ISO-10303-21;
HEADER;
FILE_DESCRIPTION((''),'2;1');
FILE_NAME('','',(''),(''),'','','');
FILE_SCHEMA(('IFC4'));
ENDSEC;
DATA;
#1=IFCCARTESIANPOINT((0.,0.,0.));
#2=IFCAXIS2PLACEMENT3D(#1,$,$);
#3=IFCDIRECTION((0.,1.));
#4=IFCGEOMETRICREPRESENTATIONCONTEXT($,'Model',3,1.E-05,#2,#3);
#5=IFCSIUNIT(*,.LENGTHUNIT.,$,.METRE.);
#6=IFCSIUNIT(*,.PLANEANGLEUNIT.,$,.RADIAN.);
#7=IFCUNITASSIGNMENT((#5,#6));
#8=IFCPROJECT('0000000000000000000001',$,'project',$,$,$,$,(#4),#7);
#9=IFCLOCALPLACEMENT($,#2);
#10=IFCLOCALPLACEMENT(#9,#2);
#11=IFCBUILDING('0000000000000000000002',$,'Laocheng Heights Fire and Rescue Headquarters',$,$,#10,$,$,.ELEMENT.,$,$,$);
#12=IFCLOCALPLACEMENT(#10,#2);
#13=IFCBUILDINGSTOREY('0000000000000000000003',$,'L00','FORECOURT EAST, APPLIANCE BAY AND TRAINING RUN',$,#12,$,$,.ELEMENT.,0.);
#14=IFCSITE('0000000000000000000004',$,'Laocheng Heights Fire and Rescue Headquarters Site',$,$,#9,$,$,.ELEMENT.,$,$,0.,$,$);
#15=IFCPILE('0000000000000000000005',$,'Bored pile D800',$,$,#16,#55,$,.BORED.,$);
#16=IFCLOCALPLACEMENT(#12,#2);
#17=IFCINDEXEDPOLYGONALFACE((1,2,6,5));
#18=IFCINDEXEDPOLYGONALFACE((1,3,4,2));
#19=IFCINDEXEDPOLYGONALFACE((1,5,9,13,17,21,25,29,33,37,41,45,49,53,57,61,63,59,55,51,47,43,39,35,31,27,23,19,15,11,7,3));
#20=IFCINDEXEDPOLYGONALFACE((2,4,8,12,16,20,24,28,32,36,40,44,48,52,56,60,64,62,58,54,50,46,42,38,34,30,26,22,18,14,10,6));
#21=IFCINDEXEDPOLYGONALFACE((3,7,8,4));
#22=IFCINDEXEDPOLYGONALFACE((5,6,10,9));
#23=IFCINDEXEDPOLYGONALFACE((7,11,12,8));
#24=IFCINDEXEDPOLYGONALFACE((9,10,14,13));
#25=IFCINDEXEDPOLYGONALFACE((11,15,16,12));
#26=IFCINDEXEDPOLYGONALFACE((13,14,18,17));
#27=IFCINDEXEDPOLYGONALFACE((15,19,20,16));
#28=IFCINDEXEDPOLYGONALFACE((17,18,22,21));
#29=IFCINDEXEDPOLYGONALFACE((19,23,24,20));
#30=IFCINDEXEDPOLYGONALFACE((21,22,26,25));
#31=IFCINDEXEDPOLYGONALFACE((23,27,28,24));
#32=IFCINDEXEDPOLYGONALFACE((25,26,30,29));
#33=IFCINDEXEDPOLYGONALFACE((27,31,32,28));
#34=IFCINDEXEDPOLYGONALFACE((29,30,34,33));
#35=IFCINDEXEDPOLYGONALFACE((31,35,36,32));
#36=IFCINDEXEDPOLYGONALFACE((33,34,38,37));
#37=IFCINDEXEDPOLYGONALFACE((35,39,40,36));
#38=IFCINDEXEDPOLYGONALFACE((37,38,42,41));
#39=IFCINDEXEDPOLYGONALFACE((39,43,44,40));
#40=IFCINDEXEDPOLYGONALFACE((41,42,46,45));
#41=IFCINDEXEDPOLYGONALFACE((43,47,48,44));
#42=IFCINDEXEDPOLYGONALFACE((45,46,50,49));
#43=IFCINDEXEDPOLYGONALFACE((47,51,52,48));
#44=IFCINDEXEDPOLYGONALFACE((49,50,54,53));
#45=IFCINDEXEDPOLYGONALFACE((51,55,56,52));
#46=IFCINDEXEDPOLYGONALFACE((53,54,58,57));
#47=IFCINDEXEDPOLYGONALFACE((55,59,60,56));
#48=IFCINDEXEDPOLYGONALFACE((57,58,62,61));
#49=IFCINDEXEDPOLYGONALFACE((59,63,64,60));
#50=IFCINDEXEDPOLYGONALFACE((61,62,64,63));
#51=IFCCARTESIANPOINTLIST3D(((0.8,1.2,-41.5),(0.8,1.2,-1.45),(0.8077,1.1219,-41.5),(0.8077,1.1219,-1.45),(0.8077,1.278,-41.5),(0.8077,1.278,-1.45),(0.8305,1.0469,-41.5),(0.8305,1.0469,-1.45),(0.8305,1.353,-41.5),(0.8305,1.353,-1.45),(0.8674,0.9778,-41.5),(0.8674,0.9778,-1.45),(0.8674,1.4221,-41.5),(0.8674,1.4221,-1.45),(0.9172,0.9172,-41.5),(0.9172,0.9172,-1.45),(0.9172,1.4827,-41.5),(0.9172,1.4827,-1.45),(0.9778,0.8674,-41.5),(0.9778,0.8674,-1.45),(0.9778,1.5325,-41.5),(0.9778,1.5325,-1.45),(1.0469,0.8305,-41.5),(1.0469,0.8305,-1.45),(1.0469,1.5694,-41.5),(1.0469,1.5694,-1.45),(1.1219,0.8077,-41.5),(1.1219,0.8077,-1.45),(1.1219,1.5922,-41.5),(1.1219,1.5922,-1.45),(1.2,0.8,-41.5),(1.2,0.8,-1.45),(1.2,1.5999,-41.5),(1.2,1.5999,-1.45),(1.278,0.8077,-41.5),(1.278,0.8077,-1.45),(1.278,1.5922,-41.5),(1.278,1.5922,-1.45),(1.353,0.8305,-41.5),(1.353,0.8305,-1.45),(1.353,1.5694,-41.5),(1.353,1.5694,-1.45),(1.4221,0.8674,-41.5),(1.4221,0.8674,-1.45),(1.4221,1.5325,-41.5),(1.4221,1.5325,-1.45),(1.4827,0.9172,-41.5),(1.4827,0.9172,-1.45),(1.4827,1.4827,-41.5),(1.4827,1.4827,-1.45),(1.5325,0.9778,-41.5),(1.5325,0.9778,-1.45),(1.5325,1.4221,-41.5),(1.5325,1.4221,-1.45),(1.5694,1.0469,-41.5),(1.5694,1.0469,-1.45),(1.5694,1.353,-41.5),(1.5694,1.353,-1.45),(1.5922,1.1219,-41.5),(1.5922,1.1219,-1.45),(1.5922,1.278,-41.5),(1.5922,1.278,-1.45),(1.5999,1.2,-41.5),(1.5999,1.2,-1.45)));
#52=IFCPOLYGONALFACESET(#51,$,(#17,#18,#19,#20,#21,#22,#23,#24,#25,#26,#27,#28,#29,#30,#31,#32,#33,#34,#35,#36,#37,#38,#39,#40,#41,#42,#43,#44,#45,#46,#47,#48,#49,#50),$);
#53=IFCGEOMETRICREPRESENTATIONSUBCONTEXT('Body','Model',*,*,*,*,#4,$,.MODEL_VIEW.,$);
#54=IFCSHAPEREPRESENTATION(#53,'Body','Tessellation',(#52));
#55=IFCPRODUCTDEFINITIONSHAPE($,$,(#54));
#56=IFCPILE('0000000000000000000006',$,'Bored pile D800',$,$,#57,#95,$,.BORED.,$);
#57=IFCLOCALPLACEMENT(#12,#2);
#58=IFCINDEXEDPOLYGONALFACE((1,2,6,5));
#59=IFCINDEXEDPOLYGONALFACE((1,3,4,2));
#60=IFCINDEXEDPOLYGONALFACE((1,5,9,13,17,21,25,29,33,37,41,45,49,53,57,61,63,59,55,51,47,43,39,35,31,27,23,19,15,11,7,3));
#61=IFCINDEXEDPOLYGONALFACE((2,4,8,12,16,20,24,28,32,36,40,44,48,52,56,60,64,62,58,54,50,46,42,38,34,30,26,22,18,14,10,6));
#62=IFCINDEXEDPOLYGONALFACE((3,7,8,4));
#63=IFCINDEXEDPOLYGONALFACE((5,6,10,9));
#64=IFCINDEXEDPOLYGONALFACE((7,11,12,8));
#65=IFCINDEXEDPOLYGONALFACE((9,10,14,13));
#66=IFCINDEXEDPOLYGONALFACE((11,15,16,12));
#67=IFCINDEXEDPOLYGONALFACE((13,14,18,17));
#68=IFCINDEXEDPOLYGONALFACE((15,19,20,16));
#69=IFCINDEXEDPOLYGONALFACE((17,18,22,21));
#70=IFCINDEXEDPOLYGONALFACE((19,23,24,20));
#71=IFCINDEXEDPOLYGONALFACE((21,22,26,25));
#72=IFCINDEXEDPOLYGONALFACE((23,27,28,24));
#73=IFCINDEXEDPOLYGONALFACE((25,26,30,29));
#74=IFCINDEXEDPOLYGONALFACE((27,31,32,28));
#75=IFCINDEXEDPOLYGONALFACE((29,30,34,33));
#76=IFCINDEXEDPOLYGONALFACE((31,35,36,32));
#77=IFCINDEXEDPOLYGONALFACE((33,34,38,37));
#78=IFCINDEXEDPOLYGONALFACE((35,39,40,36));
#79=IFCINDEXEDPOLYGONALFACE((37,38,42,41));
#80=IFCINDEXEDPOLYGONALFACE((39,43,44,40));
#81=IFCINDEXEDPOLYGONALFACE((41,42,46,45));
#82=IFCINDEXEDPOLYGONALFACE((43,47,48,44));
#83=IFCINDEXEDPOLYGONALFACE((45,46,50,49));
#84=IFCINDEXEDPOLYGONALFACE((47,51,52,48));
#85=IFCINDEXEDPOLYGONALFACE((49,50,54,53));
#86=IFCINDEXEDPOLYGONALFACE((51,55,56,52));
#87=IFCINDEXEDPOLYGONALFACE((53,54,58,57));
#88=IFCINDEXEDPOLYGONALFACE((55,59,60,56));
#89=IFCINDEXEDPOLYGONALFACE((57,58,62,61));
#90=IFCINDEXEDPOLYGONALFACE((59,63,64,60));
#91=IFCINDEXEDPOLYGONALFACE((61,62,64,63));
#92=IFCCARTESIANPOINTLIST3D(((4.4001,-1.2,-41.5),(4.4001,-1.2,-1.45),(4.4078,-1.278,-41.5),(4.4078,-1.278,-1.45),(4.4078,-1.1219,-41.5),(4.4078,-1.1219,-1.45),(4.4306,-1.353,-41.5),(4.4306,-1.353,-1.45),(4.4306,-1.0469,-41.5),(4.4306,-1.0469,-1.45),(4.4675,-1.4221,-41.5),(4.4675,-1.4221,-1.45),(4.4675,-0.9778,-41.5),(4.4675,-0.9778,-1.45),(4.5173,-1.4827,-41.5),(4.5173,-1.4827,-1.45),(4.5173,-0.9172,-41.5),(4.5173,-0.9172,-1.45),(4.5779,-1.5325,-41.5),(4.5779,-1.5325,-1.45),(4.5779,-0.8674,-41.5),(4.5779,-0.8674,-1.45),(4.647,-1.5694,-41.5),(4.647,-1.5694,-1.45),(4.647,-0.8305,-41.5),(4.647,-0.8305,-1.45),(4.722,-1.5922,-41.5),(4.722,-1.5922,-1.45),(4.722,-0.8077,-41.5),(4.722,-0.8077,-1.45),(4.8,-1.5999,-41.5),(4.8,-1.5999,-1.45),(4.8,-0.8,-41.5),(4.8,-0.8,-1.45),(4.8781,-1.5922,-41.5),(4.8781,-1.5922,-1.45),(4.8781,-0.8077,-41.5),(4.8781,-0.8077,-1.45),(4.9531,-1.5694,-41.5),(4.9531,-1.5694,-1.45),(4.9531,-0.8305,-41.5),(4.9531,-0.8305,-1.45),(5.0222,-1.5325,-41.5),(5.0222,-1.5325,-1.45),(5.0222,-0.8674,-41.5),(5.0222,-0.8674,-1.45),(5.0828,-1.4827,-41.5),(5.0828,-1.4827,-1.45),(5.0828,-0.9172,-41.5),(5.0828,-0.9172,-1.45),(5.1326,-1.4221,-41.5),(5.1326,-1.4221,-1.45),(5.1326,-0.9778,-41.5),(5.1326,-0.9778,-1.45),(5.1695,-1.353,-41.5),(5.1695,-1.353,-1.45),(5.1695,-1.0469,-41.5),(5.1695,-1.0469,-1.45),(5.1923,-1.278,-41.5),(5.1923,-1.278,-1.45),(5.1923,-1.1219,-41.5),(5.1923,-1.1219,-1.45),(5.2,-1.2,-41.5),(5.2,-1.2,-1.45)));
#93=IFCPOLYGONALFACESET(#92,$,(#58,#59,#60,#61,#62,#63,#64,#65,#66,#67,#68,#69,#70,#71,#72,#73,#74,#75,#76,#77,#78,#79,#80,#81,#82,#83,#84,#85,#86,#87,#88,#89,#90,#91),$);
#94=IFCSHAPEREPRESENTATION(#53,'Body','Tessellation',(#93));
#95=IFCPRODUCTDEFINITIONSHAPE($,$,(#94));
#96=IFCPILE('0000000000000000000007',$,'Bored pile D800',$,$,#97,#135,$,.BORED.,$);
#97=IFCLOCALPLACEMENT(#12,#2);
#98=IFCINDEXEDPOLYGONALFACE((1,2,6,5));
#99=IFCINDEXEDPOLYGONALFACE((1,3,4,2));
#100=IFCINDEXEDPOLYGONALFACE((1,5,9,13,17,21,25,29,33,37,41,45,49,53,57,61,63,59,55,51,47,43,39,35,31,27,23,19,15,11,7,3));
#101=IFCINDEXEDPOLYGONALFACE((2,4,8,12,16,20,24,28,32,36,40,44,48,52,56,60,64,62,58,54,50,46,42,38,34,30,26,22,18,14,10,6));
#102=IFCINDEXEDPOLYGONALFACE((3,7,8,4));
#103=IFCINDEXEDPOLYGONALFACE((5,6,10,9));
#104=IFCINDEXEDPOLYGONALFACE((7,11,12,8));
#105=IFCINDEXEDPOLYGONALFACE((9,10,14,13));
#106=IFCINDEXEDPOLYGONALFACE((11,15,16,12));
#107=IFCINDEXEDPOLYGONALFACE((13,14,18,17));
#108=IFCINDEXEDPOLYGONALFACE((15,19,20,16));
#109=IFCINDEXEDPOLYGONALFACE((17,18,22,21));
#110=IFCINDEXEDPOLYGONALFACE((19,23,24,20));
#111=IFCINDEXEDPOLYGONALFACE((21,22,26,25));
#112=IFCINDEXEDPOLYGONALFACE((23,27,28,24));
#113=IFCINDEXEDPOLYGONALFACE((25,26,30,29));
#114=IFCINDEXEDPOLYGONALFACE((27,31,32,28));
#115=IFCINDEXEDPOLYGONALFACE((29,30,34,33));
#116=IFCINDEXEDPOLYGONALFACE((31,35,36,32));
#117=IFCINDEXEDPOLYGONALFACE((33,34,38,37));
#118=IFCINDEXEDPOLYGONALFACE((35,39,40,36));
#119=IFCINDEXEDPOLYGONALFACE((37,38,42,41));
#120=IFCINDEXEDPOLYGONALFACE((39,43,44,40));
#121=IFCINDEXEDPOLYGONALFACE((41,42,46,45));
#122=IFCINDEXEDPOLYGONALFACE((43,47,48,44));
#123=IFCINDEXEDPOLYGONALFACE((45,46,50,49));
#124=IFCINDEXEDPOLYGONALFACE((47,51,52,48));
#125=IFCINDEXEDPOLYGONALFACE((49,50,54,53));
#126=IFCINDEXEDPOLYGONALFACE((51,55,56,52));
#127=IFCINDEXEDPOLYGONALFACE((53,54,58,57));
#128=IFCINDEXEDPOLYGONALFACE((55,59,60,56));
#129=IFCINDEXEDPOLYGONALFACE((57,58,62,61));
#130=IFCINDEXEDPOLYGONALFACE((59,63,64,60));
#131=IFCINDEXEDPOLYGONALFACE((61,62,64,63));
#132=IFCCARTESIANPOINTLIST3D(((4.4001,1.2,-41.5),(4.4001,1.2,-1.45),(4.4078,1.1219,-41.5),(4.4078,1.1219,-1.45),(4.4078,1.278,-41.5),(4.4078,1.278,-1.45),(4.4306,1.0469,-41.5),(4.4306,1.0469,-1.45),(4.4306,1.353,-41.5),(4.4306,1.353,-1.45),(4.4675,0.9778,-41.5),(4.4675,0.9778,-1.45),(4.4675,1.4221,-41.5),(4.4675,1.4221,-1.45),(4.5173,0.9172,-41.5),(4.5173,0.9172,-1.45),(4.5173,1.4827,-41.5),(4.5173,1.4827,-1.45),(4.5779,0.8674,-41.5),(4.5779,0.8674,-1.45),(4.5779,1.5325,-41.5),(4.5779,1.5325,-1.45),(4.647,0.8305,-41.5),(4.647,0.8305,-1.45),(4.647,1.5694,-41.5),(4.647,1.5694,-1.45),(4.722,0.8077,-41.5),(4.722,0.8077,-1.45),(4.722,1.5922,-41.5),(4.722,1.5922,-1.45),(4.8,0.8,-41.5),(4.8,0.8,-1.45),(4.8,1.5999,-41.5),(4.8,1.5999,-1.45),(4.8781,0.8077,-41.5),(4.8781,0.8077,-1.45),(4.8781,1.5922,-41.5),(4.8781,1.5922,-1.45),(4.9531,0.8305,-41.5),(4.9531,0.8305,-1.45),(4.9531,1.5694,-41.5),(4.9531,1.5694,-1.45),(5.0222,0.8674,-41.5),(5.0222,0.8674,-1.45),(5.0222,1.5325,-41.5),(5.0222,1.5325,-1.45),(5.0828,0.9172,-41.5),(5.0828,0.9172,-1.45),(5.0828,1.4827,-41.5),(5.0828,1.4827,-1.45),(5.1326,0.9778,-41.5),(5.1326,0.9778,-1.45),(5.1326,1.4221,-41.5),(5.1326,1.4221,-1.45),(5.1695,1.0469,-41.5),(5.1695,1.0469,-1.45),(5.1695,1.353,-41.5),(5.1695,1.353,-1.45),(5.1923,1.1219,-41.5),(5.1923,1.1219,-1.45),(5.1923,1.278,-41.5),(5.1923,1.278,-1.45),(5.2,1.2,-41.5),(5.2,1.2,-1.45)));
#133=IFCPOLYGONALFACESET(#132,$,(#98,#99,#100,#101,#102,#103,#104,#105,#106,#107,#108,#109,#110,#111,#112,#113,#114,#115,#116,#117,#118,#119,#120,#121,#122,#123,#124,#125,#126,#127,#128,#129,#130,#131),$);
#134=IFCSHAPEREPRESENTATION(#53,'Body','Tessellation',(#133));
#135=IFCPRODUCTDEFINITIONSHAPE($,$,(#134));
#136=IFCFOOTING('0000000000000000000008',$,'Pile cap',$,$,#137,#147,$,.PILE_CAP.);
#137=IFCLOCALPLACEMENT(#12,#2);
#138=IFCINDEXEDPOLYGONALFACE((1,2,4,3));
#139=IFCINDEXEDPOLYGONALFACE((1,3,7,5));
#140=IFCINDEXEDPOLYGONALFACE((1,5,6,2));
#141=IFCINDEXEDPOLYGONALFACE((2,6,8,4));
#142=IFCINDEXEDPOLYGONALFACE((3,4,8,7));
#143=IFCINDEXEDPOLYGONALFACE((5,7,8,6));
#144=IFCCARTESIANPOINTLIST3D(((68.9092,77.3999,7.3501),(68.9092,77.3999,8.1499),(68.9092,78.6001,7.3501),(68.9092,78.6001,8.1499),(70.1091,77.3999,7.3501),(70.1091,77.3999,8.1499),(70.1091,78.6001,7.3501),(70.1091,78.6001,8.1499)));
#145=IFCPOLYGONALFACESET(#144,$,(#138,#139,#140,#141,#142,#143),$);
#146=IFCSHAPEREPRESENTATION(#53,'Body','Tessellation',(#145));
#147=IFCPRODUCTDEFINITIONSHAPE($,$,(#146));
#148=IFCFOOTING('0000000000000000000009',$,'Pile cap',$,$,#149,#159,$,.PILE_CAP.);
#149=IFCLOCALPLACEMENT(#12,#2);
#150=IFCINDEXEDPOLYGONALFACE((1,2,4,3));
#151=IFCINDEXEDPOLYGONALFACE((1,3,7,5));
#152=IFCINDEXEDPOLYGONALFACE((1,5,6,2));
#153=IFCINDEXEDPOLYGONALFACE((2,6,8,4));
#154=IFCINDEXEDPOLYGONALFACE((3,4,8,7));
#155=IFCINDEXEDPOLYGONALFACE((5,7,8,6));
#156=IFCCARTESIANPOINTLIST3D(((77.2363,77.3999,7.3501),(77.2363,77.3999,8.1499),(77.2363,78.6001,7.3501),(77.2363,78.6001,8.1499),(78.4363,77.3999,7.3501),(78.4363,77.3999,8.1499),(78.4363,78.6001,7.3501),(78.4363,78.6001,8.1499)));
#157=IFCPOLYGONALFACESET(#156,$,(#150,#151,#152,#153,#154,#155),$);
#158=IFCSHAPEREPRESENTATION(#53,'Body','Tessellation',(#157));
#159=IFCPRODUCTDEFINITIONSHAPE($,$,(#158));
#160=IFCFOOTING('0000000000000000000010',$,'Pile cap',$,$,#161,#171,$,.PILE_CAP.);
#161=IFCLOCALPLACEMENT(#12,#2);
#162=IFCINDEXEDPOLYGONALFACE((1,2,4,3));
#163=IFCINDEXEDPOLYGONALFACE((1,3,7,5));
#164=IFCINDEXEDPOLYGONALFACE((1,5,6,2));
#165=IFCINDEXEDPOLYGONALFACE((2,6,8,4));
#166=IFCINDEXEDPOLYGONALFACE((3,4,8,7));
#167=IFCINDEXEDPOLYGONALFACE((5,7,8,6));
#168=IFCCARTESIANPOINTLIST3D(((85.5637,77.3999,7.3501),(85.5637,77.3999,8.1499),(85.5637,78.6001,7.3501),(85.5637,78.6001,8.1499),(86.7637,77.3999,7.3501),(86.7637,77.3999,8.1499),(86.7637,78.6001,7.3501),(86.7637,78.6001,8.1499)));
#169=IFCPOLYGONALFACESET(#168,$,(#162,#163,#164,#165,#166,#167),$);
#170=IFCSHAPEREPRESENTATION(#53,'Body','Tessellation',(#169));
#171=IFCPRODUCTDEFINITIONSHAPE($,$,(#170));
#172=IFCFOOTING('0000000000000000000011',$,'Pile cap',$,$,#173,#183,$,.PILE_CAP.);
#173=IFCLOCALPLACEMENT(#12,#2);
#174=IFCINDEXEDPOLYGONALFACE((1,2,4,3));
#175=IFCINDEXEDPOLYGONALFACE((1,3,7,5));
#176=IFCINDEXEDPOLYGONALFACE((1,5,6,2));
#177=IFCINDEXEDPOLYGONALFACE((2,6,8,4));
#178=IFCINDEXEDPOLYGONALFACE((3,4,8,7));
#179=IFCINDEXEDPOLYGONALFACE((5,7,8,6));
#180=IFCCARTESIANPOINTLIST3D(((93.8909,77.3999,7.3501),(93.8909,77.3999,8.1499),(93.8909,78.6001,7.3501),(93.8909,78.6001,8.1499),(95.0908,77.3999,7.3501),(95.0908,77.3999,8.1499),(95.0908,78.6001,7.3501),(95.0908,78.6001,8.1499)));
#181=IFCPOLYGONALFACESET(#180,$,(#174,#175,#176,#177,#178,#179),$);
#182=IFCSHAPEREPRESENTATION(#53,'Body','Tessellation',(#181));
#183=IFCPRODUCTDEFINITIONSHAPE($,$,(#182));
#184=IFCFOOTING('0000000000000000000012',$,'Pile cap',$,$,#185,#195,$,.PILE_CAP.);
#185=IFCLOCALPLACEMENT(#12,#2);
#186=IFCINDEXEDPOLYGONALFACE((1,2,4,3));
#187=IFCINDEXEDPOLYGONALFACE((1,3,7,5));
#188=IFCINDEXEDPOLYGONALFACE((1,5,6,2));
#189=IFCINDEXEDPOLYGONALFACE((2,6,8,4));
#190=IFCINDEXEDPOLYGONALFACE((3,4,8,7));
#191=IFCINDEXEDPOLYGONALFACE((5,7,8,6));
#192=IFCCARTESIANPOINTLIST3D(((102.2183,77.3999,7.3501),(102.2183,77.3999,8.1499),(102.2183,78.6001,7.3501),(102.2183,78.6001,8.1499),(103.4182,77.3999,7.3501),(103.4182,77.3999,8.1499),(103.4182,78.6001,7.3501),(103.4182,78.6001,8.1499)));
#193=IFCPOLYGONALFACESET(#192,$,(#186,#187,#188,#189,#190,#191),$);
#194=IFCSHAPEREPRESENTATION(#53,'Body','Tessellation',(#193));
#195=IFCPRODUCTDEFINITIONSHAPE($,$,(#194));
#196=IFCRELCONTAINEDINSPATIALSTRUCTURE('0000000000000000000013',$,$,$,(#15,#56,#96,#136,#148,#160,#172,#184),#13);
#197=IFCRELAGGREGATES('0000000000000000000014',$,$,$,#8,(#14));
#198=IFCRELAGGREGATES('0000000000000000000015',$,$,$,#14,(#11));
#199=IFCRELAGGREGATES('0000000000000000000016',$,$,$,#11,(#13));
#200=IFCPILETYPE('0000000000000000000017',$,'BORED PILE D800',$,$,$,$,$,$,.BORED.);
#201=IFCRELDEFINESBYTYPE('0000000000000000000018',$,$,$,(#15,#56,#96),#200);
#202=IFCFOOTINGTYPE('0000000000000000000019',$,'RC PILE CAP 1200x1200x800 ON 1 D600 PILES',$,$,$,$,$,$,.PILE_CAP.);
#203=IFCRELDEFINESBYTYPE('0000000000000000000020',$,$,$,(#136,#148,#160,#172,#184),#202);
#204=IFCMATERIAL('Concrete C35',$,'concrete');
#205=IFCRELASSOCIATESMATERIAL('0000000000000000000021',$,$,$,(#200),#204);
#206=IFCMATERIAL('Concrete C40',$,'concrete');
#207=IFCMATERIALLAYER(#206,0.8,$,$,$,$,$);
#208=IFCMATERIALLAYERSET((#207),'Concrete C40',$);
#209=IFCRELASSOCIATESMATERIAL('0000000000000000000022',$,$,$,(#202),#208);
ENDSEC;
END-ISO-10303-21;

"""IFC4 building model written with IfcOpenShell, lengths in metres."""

from ifc_helpers import new_model, si_unit, direction, frame, origin, origin_2d, place, context, subcontext, project, spatial, polyline, circle, outline, extrude, material, layer, layer_set, material_profile, profile_set, type_object, element, save


model = new_model("IFC4")

# Units and contexts
model_context = context("Model", 3, precision=1e-05, world=origin(), true_north=direction((0.0, 1.0)))
body_context = subcontext(model_context, "Body", "Model", "MODEL_VIEW")
ifc_project = project(units=[si_unit("LENGTHUNIT", "METRE"), si_unit("PLANEANGLEUNIT", "RADIAN")], contexts=[model_context])

# Site, building, storey
site_placement = place(None, origin())
site = spatial("IfcSite", under=ifc_project, at=site_placement, Name="Laocheng Heights Fire and Rescue Headquarters Site", CompositionType="ELEMENT", RefElevation=0.0)
building_placement = place(site_placement, origin())
building = spatial("IfcBuilding", under=site, at=building_placement, Name="Laocheng Heights Fire and Rescue Headquarters", CompositionType="ELEMENT")
storey_placement = place(building_placement, origin())
storey = spatial("IfcBuildingStorey", under=building, at=storey_placement, Name="L00", Description="FORECOURT EAST, APPLIANCE BAY AND TRAINING RUN", CompositionType="ELEMENT", Elevation=0.0)

# Piles
ifc_material_1 = material(Name="Concrete C35", Category="concrete")
ifc_material_profile_1 = material_profile(ifc_material_1, circle(Radius=0.3999, at=origin_2d()), Name="BORED PILE D800")
ifc_profile_set_1 = profile_set([ifc_material_profile_1], Name="Concrete C35")
pile_type = type_object("IfcPileType", Name="BORED PILE D800", PredefinedType="BORED", material=ifc_profile_set_1)
for number, where, z_axis, x_axis, name in (
    (1, (1.2, 1.2, -1.45), (0.0, 0.0, -1.0), (1.0, 0.0, 0.0), "Bored pile D800"),
    (2, (4.8, -1.2, -1.45), (0.0, 0.0, -1.0), (1.0, 0.0, 0.0), "Bored pile D800"),
    (3, (4.8, 1.2, -1.45), (0.0, 0.0, -1.0), (1.0, 0.0, 0.0), "Bored pile D800"),
):
    element("IfcPile", number, at=place(storey_placement, frame(where, z_axis=z_axis, x_axis=x_axis)), inside=storey, type_object=pile_type, Name=name, PredefinedType="BORED", context=body_context, shape_type="SweptSolid", body=[
        extrude(circle(Radius=0.3999, at=origin_2d()), origin(), (0.0, 0.0, 1.0), 40.05),
    ])

# Footings
ifc_material_2 = material(Name="Concrete C40", Category="concrete")
ifc_layer_1 = layer(ifc_material_2, 0.8)
ifc_layer_set_1 = layer_set([ifc_layer_1], Name="Concrete C40")
footing_type = type_object("IfcFootingType", Name="RC PILE CAP 1200x1200x800 ON 1 D600 PILES", PredefinedType="PILE_CAP", material=ifc_layer_set_1)
footing_1_placement = place(storey_placement, frame((0.0, 0.0, 7.3501)))
element("IfcFooting", 4, at=footing_1_placement, inside=storey, type_object=footing_type, Name="Pile cap", PredefinedType="PILE_CAP", context=body_context, shape_type="SweptSolid", body=[
    extrude(outline(polyline([(68.9092, 77.3999), (70.1091, 77.3999), (70.1091, 78.6001), (68.9092, 78.6001), (68.9092, 77.3999)])), origin(), (0.0, 0.0, 1.0), 0.7998),
])
footing_2_placement = place(storey_placement, frame((0.0, 0.0, 7.3501)))
element("IfcFooting", 5, at=footing_2_placement, inside=storey, type_object=footing_type, Name="Pile cap", PredefinedType="PILE_CAP", context=body_context, shape_type="SweptSolid", body=[
    extrude(outline(polyline([(77.2363, 77.3999), (78.4363, 77.3999), (78.4363, 78.6001), (77.2363, 78.6001), (77.2363, 77.3999)])), origin(), (0.0, 0.0, 1.0), 0.7998),
])
footing_3_placement = place(storey_placement, frame((0.0, 0.0, 7.3501)))
element("IfcFooting", 6, at=footing_3_placement, inside=storey, type_object=footing_type, Name="Pile cap", PredefinedType="PILE_CAP", context=body_context, shape_type="SweptSolid", body=[
    extrude(outline(polyline([(85.5637, 77.3999), (86.7637, 77.3999), (86.7637, 78.6001), (85.5637, 78.6001), (85.5637, 77.3999)])), origin(), (0.0, 0.0, 1.0), 0.7998),
])
footing_4_placement = place(storey_placement, frame((0.0, 0.0, 7.3501)))
element("IfcFooting", 7, at=footing_4_placement, inside=storey, type_object=footing_type, Name="Pile cap", PredefinedType="PILE_CAP", context=body_context, shape_type="SweptSolid", body=[
    extrude(outline(polyline([(93.8909, 77.3999), (95.0908, 77.3999), (95.0908, 78.6001), (93.8909, 78.6001), (93.8909, 77.3999)])), origin(), (0.0, 0.0, 1.0), 0.7998),
])
footing_5_placement = place(storey_placement, frame((0.0, 0.0, 7.3501)))
element("IfcFooting", 8, at=footing_5_placement, inside=storey, type_object=footing_type, Name="Pile cap", PredefinedType="PILE_CAP", context=body_context, shape_type="SweptSolid", body=[
    extrude(outline(polyline([(102.2183, 77.3999), (103.4182, 77.3999), (103.4182, 78.6001), (102.2183, 78.6001), (102.2183, 77.3999)])), origin(), (0.0, 0.0, 1.0), 0.7998),
])

save(model, "model.ifc")
